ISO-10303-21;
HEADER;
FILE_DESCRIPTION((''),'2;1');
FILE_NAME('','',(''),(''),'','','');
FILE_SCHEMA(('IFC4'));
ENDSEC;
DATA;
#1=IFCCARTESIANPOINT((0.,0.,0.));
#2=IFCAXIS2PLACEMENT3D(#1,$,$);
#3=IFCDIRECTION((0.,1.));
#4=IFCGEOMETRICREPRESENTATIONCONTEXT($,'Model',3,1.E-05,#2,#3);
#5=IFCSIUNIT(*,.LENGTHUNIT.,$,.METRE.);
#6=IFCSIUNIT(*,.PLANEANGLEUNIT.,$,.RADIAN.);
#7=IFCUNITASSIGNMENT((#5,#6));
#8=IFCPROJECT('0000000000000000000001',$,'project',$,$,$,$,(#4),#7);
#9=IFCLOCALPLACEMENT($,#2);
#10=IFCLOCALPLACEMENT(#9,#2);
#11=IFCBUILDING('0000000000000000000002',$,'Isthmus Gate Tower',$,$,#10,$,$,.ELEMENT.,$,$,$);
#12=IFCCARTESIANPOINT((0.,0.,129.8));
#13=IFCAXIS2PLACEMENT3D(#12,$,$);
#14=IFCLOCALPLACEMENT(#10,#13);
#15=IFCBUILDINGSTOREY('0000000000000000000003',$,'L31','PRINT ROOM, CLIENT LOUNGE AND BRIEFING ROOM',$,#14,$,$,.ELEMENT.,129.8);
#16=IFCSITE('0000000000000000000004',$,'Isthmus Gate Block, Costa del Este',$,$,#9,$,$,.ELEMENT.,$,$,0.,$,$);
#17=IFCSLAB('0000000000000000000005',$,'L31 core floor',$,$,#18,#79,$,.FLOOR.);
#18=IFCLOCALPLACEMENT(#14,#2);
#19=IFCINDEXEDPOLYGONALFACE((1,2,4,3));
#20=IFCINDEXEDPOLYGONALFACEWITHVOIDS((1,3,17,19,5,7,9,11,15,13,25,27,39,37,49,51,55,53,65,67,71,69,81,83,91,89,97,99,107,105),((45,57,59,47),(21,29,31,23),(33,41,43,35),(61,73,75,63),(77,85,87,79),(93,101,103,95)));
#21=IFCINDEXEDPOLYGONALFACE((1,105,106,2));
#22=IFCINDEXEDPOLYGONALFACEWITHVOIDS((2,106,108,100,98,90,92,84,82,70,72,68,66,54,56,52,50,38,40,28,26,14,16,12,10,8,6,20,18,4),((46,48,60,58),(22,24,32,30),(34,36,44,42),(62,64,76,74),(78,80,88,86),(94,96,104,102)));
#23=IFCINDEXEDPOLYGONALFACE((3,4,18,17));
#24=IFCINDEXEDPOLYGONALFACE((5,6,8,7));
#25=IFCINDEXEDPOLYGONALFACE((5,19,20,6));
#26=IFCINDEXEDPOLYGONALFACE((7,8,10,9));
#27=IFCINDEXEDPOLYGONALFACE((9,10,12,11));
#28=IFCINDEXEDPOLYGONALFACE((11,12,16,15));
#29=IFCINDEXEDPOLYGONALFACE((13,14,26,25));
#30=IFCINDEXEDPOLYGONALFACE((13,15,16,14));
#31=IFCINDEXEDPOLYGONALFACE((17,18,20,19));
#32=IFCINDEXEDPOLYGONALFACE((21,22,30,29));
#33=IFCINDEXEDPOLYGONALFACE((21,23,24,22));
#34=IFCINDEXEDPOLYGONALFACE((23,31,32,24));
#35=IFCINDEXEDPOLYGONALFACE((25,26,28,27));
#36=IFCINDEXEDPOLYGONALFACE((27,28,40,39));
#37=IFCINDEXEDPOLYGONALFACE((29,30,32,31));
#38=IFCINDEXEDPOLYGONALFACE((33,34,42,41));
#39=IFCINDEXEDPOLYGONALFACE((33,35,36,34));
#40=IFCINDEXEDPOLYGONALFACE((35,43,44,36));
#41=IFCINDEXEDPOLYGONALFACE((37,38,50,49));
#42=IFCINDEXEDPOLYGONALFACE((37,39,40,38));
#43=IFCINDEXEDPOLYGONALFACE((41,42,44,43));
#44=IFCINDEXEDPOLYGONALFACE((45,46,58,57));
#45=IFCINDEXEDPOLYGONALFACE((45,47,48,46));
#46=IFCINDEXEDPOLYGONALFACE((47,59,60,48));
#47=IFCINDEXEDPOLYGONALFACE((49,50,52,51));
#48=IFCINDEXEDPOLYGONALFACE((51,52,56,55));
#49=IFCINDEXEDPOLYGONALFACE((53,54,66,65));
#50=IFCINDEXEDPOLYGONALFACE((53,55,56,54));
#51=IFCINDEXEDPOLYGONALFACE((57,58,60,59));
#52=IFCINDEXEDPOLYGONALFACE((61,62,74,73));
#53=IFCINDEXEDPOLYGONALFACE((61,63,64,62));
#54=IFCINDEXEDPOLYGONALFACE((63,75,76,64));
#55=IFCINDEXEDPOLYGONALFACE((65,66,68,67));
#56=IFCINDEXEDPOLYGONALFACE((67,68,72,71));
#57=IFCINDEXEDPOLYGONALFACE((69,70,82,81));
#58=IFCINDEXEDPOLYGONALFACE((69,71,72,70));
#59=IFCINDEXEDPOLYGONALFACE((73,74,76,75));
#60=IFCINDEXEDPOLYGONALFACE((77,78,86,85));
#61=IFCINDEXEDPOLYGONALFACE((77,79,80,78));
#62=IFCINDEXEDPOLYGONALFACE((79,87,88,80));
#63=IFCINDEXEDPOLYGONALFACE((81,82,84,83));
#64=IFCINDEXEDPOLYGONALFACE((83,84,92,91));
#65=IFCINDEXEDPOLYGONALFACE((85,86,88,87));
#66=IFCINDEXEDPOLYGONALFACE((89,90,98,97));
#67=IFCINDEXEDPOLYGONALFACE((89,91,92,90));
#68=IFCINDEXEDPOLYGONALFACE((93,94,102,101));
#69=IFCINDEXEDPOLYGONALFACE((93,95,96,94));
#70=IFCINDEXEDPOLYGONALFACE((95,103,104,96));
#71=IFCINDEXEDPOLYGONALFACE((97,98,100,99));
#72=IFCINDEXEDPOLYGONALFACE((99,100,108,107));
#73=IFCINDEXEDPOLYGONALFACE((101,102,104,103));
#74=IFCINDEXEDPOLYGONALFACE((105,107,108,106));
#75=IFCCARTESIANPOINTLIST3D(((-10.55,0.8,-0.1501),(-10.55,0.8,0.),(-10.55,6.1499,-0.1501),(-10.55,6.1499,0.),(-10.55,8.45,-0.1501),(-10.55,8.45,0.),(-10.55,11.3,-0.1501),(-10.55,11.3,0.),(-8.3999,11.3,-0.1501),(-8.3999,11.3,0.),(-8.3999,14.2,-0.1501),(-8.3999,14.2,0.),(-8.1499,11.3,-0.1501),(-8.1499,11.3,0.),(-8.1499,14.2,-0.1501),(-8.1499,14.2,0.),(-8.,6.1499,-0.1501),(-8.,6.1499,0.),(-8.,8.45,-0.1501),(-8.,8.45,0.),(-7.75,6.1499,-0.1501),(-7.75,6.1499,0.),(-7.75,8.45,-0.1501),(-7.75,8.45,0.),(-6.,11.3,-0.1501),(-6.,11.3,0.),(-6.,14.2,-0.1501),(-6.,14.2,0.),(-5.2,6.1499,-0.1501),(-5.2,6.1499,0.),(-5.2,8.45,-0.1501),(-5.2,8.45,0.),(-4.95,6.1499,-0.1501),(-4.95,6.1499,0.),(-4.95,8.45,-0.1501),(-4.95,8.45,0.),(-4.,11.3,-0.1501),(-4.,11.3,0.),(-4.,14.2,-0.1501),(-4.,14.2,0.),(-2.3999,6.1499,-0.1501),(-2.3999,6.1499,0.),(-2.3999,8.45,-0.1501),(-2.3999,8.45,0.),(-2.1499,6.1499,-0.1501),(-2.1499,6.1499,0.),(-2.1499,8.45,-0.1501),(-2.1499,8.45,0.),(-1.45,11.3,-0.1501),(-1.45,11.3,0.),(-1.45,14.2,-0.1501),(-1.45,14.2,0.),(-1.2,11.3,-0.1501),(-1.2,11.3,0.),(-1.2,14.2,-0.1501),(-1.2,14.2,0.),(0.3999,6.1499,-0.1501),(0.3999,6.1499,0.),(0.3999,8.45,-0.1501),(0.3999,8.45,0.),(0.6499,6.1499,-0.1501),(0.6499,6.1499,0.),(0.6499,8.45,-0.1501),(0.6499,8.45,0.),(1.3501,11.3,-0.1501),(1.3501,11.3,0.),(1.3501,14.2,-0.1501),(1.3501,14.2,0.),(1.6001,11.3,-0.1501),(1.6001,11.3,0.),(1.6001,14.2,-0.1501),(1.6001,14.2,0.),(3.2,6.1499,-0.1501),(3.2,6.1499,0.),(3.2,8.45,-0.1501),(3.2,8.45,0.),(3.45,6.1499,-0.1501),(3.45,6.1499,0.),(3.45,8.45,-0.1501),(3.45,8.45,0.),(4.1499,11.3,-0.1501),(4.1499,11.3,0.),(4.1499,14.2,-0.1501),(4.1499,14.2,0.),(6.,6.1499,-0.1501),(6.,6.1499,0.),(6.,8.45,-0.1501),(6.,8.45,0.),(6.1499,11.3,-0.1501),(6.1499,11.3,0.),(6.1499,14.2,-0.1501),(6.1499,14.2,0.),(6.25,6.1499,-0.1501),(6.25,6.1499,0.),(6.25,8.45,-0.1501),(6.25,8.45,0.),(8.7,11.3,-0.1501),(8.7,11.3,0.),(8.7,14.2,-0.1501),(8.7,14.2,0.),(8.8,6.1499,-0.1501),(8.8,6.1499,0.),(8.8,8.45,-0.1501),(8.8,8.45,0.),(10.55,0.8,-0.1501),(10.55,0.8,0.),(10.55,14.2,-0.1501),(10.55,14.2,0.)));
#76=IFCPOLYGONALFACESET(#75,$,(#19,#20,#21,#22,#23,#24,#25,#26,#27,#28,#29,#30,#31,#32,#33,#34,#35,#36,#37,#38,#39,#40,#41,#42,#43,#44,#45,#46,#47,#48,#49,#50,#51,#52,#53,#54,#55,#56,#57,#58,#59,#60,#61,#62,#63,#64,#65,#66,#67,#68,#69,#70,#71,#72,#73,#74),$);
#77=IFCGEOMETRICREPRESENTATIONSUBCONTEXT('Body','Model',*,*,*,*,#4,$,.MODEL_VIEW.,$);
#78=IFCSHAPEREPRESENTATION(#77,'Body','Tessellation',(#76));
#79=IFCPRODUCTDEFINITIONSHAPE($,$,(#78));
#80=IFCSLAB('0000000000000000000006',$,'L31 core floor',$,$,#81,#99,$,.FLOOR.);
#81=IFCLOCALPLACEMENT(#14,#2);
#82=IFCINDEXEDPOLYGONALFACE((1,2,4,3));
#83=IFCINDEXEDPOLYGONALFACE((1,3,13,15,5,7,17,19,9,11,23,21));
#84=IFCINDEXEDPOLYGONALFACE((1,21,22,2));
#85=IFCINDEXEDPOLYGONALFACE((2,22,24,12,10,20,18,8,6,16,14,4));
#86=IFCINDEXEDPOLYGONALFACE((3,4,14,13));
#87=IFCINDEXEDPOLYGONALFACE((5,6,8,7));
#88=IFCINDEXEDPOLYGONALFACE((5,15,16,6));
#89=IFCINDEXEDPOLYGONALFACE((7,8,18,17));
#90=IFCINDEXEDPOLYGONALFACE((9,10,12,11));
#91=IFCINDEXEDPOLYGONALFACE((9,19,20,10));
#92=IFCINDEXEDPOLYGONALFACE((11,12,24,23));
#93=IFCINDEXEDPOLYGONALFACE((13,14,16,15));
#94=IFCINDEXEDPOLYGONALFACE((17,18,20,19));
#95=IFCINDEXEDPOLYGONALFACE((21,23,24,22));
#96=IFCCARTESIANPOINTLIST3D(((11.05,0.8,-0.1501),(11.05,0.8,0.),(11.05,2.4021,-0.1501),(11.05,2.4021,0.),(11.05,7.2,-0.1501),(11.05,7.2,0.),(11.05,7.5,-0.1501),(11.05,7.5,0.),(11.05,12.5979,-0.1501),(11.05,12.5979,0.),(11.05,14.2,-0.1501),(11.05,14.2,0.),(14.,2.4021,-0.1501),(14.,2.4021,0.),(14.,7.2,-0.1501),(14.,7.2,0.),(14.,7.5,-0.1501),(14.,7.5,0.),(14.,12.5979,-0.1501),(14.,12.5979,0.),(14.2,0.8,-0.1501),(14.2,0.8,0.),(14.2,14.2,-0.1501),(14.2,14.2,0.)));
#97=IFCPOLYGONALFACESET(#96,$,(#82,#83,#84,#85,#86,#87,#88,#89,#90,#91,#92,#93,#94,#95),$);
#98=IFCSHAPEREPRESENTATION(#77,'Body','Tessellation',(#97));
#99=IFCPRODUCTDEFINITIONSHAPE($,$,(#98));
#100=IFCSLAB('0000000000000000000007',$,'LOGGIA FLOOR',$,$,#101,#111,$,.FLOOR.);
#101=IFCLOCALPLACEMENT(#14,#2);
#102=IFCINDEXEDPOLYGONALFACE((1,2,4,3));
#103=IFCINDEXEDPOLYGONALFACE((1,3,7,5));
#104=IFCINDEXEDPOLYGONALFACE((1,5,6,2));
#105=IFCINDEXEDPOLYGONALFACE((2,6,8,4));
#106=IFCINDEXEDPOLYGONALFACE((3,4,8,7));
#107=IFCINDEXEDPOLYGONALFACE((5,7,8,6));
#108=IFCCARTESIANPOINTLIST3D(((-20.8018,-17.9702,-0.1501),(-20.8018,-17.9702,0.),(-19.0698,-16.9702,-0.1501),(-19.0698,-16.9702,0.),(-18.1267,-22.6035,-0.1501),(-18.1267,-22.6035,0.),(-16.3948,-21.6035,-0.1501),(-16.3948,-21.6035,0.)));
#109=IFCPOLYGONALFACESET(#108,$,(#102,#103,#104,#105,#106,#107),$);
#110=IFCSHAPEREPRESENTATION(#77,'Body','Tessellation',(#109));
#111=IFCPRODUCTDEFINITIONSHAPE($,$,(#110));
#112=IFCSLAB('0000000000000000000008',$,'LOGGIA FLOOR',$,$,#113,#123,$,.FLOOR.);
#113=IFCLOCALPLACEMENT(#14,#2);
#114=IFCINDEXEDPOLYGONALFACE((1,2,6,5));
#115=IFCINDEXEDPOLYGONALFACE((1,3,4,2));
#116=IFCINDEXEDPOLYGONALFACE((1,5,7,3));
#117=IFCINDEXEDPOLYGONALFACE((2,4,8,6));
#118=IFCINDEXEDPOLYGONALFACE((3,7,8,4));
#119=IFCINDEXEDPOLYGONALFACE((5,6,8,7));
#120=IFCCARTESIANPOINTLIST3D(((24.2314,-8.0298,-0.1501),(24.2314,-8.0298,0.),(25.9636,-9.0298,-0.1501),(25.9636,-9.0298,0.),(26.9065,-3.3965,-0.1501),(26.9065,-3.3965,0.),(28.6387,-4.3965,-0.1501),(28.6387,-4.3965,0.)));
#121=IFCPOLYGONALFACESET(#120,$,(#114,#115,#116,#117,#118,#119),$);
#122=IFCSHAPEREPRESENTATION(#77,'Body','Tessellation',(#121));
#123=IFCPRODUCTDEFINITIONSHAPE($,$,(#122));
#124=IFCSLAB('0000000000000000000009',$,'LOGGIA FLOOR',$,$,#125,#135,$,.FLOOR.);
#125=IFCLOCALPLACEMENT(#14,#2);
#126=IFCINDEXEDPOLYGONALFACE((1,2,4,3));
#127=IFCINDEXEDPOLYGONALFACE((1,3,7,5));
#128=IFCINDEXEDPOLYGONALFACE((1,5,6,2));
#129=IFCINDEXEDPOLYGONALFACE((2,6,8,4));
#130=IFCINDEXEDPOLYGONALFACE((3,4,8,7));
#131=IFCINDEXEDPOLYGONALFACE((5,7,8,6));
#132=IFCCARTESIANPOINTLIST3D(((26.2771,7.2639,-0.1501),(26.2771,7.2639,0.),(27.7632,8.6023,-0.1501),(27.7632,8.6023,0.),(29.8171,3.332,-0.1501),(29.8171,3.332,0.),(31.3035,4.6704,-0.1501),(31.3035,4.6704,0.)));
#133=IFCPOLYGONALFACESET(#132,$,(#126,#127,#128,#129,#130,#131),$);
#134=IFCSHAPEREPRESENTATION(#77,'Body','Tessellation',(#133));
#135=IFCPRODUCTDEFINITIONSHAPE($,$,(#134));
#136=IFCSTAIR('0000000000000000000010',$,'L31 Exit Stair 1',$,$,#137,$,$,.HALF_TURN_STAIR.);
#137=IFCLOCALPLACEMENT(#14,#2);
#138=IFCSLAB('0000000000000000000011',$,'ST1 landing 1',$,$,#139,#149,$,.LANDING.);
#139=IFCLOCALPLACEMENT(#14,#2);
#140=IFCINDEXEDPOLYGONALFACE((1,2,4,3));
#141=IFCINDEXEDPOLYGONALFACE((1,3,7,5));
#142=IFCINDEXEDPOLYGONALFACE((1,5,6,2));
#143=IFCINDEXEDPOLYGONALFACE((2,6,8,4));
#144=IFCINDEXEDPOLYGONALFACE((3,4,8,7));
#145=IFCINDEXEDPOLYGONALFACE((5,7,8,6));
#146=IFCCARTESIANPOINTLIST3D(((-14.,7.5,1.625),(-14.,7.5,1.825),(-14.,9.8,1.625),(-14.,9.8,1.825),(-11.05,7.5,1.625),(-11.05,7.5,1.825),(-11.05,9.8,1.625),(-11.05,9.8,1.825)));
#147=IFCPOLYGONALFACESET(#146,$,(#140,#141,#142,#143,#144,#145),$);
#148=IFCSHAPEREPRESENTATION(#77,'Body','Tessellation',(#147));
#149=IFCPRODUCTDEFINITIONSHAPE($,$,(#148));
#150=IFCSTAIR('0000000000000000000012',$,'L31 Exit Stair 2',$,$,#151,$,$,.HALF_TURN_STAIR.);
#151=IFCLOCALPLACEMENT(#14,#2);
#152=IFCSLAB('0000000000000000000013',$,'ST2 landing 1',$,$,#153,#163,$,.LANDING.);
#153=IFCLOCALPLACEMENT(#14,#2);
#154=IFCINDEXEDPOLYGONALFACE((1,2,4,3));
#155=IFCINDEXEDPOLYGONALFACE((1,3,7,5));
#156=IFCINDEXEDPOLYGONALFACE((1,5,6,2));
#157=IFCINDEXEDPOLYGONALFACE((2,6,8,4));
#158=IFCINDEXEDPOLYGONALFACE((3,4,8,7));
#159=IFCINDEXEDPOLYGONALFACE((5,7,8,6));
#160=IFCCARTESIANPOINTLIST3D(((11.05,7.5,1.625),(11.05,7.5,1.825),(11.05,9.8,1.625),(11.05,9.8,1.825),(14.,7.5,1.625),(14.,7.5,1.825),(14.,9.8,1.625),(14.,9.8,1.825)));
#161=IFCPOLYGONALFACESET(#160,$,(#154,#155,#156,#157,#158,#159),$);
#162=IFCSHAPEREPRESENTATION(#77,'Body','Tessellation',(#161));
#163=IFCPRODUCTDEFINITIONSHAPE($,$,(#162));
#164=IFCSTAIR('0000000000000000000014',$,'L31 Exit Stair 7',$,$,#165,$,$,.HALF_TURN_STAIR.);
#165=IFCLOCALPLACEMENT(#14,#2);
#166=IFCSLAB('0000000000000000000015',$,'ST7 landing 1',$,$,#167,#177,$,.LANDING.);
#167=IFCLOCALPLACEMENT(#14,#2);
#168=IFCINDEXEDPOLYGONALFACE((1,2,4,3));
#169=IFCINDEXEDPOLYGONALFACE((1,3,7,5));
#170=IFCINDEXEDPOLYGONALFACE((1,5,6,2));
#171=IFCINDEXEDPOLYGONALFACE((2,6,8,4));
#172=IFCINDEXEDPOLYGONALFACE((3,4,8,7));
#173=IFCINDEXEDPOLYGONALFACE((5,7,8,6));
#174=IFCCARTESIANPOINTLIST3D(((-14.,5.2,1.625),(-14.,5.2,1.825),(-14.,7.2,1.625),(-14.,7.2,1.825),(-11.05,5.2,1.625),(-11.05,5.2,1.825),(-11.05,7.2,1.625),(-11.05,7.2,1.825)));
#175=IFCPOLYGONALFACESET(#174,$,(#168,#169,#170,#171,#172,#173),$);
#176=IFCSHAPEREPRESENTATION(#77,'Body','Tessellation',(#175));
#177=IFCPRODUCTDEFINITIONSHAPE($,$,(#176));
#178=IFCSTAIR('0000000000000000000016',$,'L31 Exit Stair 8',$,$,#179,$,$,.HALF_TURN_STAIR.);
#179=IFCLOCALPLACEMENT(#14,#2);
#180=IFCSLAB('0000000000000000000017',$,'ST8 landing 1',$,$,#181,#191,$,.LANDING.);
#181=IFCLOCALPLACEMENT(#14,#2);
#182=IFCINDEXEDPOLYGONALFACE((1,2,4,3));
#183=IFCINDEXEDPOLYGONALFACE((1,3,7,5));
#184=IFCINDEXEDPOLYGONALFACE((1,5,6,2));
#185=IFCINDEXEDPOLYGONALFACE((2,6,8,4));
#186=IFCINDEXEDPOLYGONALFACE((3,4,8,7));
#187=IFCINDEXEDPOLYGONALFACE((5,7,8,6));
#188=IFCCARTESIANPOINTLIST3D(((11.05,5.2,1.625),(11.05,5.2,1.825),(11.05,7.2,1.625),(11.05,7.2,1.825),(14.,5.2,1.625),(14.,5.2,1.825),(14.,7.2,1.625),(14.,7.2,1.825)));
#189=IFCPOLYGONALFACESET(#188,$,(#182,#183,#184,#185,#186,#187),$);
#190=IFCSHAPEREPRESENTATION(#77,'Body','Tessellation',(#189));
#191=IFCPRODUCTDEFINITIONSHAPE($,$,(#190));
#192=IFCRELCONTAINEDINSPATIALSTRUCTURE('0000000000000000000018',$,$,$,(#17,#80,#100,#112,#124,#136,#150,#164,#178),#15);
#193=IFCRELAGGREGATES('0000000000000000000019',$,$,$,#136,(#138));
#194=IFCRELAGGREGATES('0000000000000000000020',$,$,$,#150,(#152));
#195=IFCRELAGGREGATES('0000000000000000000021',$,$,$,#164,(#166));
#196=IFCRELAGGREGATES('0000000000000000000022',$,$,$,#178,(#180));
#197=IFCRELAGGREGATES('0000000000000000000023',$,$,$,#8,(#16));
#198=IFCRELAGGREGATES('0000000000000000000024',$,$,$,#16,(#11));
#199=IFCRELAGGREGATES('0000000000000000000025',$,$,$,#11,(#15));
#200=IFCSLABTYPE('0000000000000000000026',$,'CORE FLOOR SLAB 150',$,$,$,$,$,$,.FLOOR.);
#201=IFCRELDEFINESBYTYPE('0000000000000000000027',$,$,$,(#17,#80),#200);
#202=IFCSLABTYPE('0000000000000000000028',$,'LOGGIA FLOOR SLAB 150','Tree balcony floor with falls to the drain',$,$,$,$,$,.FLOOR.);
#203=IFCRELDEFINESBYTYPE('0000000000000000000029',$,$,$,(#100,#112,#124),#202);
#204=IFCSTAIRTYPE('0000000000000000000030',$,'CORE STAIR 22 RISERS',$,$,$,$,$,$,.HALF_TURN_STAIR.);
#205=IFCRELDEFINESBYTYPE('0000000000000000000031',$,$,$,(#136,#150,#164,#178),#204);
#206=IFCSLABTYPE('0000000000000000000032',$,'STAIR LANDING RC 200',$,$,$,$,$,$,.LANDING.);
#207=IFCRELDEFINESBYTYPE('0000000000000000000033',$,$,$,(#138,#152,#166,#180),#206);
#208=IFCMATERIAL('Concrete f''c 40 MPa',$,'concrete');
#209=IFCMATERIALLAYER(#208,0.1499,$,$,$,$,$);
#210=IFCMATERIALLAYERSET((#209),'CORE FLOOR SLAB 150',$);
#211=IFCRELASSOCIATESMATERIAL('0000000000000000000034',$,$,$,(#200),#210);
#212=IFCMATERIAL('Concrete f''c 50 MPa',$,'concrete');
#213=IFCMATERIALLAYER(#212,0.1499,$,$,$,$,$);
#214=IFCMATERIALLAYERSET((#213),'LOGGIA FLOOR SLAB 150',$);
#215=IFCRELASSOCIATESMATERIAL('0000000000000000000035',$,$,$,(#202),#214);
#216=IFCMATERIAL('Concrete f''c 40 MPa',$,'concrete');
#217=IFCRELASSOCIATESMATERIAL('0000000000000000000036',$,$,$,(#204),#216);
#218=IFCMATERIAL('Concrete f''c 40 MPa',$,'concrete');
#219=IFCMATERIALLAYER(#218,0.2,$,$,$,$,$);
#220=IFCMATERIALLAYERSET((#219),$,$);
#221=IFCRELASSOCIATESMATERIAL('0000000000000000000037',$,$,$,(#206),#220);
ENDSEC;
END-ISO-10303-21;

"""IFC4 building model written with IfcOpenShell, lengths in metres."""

from ifc_helpers import new_model, si_unit, direction, frame, origin, place, context, subcontext, project, spatial, polyline, outline, extrude, material, layer, layer_set, type_object, element, aggregate, save


model = new_model("IFC4")

# Units and contexts
model_context = context("Model", 3, precision=1e-05, world=origin(), true_north=direction((0.0, 1.0)))
body_context = subcontext(model_context, "Body", "Model", "MODEL_VIEW")
ifc_project = project(units=[si_unit("LENGTHUNIT", "METRE"), si_unit("PLANEANGLEUNIT", "RADIAN")], contexts=[model_context])

# Site, building, storey
site_placement = place(None, origin())
site = spatial("IfcSite", under=ifc_project, at=site_placement, Name="Isthmus Gate Block, Costa del Este", CompositionType="ELEMENT", RefElevation=0.0)
building_placement = place(site_placement, origin())
building = spatial("IfcBuilding", under=site, at=building_placement, Name="Isthmus Gate Tower", CompositionType="ELEMENT")
storey_placement = place(building_placement, frame((0.0, 0.0, 129.8)))
storey = spatial("IfcBuildingStorey", under=building, at=storey_placement, Name="L31", Description="PRINT ROOM, CLIENT LOUNGE AND BRIEFING ROOM", CompositionType="ELEMENT", Elevation=129.8)

# Slabs
ifc_material_1 = material(Name="Concrete f'c 40 MPa", Category="concrete")
ifc_layer_1 = layer(ifc_material_1, 0.1499)
ifc_layer_set_1 = layer_set([ifc_layer_1], Name="CORE FLOOR SLAB 150")
slab_type_1 = type_object("IfcSlabType", Name="CORE FLOOR SLAB 150", PredefinedType="FLOOR", material=ifc_layer_set_1)
slab_1_placement = place(storey_placement, frame((0.0, 0.0, -0.1501)))
element("IfcSlab", 1, at=slab_1_placement, inside=storey, type_object=slab_type_1, Name="L31 core floor", PredefinedType="FLOOR", context=body_context, shape_type="SweptSolid", body=[
    extrude(outline(polyline([(10.55, 14.2), (8.7, 14.2), (8.7, 11.3), (6.1499, 11.3), (6.1499, 14.2), (4.1499, 14.2), (4.1499, 11.3), (1.6001, 11.3), (1.6001, 14.2), (1.3501, 14.2), (1.3501, 11.3), (-1.2, 11.3), (-1.2, 14.2), (-1.45, 14.2), (-1.45, 11.3), (-4.0, 11.3), (-4.0, 14.2), (-6.0, 14.2), (-6.0, 11.3), (-8.1499, 11.3), (-8.1499, 14.2), (-8.3999, 14.2), (-8.3999, 11.3), (-10.55, 11.3), (-10.55, 8.45), (-8.0, 8.45), (-8.0, 6.1499), (-10.55, 6.1499), (-10.55, 0.8), (10.55, 0.8), (10.55, 14.2)]), holes=[polyline([(-5.2, 8.45), (-5.2, 6.1499), (-7.75, 6.1499), (-7.75, 8.45), (-5.2, 8.45)]), polyline([(-2.3999, 8.45), (-2.3999, 6.1499), (-4.95, 6.1499), (-4.95, 8.45), (-2.3999, 8.45)]), polyline([(0.3999, 8.45), (0.3999, 6.1499), (-2.1499, 6.1499), (-2.1499, 8.45), (0.3999, 8.45)]), polyline([(3.2, 8.45), (3.2, 6.1499), (0.6499, 6.1499), (0.6499, 8.45), (3.2, 8.45)]), polyline([(6.0, 8.45), (6.0, 6.1499), (3.45, 6.1499), (3.45, 8.45), (6.0, 8.45)]), polyline([(8.8, 8.45), (8.8, 6.1499), (6.25, 6.1499), (6.25, 8.45), (8.8, 8.45)])]), origin(), (0.0, 0.0, 1.0), 0.1501),
])
slab_2_placement = place(storey_placement, frame((0.0, 0.0, -0.1501)))
element("IfcSlab", 2, at=slab_2_placement, inside=storey, type_object=slab_type_1, Name="L31 core floor", PredefinedType="FLOOR", context=body_context, shape_type="SweptSolid", body=[
    extrude(outline(polyline([(11.05, 14.2), (11.05, 12.5979), (14.0, 12.5979), (14.0, 7.5), (11.05, 7.5), (11.05, 7.2), (14.0, 7.2), (14.0, 2.4021), (11.05, 2.4021), (11.05, 0.8), (14.2, 0.8), (14.2, 14.2), (11.05, 14.2)])), origin(), (0.0, 0.0, 1.0), 0.1501),
])
ifc_material_2 = material(Name="Concrete f'c 50 MPa", Category="concrete")
ifc_layer_2 = layer(ifc_material_2, 0.1499)
ifc_layer_set_2 = layer_set([ifc_layer_2], Name="LOGGIA FLOOR SLAB 150")
slab_type_2 = type_object("IfcSlabType", Name="LOGGIA FLOOR SLAB 150", Description="Tree balcony floor with falls to the drain", PredefinedType="FLOOR", material=ifc_layer_set_2)
slab_3_placement = place(storey_placement, frame((0.0, 0.0, -0.1501)))
element("IfcSlab", 3, at=slab_3_placement, inside=storey, type_object=slab_type_2, Name="LOGGIA FLOOR", PredefinedType="FLOOR", context=body_context, shape_type="SweptSolid", body=[
    extrude(outline(polyline([(-20.8018, -17.9702), (-18.1267, -22.6035), (-16.3948, -21.6035), (-19.0698, -16.9702), (-20.8018, -17.9702)])), origin(), (0.0, 0.0, 1.0), 0.1501),
])
slab_4_placement = place(storey_placement, frame((0.0, 0.0, -0.1501)))
element("IfcSlab", 4, at=slab_4_placement, inside=storey, type_object=slab_type_2, Name="LOGGIA FLOOR", PredefinedType="FLOOR", context=body_context, shape_type="SweptSolid", body=[
    extrude(outline(polyline([(25.9636, -9.0298), (28.6387, -4.3965), (26.9065, -3.3965), (24.2314, -8.0298), (25.9636, -9.0298)])), origin(), (0.0, 0.0, 1.0), 0.1501),
])
slab_5_placement = place(storey_placement, frame((0.0, 0.0, -0.1501)))
element("IfcSlab", 5, at=slab_5_placement, inside=storey, type_object=slab_type_2, Name="LOGGIA FLOOR", PredefinedType="FLOOR", context=body_context, shape_type="SweptSolid", body=[
    extrude(outline(polyline([(31.3035, 4.6704), (27.7632, 8.6023), (26.2771, 7.2639), (29.8171, 3.332), (31.3035, 4.6704)])), origin(), (0.0, 0.0, 1.0), 0.1501),
])

# Stairs, slabs
ifc_material_3 = material(Name="Concrete f'c 40 MPa", Category="concrete")
stair_type = type_object("IfcStairType", Name="CORE STAIR 22 RISERS", PredefinedType="HALF_TURN_STAIR", material=ifc_material_3)
stair_1_placement = place(storey_placement, origin())
stair_1 = element("IfcStair", 6, at=stair_1_placement, inside=storey, type_object=stair_type, Name="L31 Exit Stair 1", PredefinedType="HALF_TURN_STAIR")
ifc_material_4 = material(Name="Concrete f'c 40 MPa", Category="concrete")
ifc_layer_3 = layer(ifc_material_4, 0.2)
ifc_layer_set_3 = layer_set([ifc_layer_3])
slab_type_3 = type_object("IfcSlabType", Name="STAIR LANDING RC 200", PredefinedType="LANDING", material=ifc_layer_set_3)
slab_6_placement = place(storey_placement, frame((0.0, 0.0, 1.625)))
slab_6 = element("IfcSlab", 7, at=slab_6_placement, type_object=slab_type_3, Name="ST1 landing 1", PredefinedType="LANDING", context=body_context, shape_type="SweptSolid", body=[
    extrude(outline(polyline([(-14.0, 9.8), (-14.0, 7.5), (-11.05, 7.5), (-11.05, 9.8), (-14.0, 9.8)])), origin(), (0.0, 0.0, 1.0), 0.2),
])
aggregate(stair_1, [slab_6])
stair_2_placement = place(storey_placement, origin())
stair_2 = element("IfcStair", 8, at=stair_2_placement, inside=storey, type_object=stair_type, Name="L31 Exit Stair 2", PredefinedType="HALF_TURN_STAIR")
slab_7_placement = place(storey_placement, frame((0.0, 0.0, 1.625)))
slab_7 = element("IfcSlab", 9, at=slab_7_placement, type_object=slab_type_3, Name="ST2 landing 1", PredefinedType="LANDING", context=body_context, shape_type="SweptSolid", body=[
    extrude(outline(polyline([(11.05, 9.8), (11.05, 7.5), (14.0, 7.5), (14.0, 9.8), (11.05, 9.8)])), origin(), (0.0, 0.0, 1.0), 0.2),
])
aggregate(stair_2, [slab_7])
stair_3_placement = place(storey_placement, origin())
stair_3 = element("IfcStair", 10, at=stair_3_placement, inside=storey, type_object=stair_type, Name="L31 Exit Stair 7", PredefinedType="HALF_TURN_STAIR")
slab_8_placement = place(storey_placement, frame((0.0, 0.0, 1.625)))
slab_8 = element("IfcSlab", 11, at=slab_8_placement, type_object=slab_type_3, Name="ST7 landing 1", PredefinedType="LANDING", context=body_context, shape_type="SweptSolid", body=[
    extrude(outline(polyline([(-11.05, 5.2), (-11.05, 7.2), (-14.0, 7.2), (-14.0, 5.2), (-11.05, 5.2)])), origin(), (0.0, 0.0, 1.0), 0.2),
])
aggregate(stair_3, [slab_8])
stair_4_placement = place(storey_placement, origin())
stair_4 = element("IfcStair", 12, at=stair_4_placement, inside=storey, type_object=stair_type, Name="L31 Exit Stair 8", PredefinedType="HALF_TURN_STAIR")
slab_9_placement = place(storey_placement, frame((0.0, 0.0, 1.625)))
slab_9 = element("IfcSlab", 13, at=slab_9_placement, type_object=slab_type_3, Name="ST8 landing 1", PredefinedType="LANDING", context=body_context, shape_type="SweptSolid", body=[
    extrude(outline(polyline([(14.0, 5.2), (14.0, 7.2), (11.05, 7.2), (11.05, 5.2), (14.0, 5.2)])), origin(), (0.0, 0.0, 1.0), 0.2),
])

aggregate(stair_4, [slab_9])

save(model, "model.ifc")
